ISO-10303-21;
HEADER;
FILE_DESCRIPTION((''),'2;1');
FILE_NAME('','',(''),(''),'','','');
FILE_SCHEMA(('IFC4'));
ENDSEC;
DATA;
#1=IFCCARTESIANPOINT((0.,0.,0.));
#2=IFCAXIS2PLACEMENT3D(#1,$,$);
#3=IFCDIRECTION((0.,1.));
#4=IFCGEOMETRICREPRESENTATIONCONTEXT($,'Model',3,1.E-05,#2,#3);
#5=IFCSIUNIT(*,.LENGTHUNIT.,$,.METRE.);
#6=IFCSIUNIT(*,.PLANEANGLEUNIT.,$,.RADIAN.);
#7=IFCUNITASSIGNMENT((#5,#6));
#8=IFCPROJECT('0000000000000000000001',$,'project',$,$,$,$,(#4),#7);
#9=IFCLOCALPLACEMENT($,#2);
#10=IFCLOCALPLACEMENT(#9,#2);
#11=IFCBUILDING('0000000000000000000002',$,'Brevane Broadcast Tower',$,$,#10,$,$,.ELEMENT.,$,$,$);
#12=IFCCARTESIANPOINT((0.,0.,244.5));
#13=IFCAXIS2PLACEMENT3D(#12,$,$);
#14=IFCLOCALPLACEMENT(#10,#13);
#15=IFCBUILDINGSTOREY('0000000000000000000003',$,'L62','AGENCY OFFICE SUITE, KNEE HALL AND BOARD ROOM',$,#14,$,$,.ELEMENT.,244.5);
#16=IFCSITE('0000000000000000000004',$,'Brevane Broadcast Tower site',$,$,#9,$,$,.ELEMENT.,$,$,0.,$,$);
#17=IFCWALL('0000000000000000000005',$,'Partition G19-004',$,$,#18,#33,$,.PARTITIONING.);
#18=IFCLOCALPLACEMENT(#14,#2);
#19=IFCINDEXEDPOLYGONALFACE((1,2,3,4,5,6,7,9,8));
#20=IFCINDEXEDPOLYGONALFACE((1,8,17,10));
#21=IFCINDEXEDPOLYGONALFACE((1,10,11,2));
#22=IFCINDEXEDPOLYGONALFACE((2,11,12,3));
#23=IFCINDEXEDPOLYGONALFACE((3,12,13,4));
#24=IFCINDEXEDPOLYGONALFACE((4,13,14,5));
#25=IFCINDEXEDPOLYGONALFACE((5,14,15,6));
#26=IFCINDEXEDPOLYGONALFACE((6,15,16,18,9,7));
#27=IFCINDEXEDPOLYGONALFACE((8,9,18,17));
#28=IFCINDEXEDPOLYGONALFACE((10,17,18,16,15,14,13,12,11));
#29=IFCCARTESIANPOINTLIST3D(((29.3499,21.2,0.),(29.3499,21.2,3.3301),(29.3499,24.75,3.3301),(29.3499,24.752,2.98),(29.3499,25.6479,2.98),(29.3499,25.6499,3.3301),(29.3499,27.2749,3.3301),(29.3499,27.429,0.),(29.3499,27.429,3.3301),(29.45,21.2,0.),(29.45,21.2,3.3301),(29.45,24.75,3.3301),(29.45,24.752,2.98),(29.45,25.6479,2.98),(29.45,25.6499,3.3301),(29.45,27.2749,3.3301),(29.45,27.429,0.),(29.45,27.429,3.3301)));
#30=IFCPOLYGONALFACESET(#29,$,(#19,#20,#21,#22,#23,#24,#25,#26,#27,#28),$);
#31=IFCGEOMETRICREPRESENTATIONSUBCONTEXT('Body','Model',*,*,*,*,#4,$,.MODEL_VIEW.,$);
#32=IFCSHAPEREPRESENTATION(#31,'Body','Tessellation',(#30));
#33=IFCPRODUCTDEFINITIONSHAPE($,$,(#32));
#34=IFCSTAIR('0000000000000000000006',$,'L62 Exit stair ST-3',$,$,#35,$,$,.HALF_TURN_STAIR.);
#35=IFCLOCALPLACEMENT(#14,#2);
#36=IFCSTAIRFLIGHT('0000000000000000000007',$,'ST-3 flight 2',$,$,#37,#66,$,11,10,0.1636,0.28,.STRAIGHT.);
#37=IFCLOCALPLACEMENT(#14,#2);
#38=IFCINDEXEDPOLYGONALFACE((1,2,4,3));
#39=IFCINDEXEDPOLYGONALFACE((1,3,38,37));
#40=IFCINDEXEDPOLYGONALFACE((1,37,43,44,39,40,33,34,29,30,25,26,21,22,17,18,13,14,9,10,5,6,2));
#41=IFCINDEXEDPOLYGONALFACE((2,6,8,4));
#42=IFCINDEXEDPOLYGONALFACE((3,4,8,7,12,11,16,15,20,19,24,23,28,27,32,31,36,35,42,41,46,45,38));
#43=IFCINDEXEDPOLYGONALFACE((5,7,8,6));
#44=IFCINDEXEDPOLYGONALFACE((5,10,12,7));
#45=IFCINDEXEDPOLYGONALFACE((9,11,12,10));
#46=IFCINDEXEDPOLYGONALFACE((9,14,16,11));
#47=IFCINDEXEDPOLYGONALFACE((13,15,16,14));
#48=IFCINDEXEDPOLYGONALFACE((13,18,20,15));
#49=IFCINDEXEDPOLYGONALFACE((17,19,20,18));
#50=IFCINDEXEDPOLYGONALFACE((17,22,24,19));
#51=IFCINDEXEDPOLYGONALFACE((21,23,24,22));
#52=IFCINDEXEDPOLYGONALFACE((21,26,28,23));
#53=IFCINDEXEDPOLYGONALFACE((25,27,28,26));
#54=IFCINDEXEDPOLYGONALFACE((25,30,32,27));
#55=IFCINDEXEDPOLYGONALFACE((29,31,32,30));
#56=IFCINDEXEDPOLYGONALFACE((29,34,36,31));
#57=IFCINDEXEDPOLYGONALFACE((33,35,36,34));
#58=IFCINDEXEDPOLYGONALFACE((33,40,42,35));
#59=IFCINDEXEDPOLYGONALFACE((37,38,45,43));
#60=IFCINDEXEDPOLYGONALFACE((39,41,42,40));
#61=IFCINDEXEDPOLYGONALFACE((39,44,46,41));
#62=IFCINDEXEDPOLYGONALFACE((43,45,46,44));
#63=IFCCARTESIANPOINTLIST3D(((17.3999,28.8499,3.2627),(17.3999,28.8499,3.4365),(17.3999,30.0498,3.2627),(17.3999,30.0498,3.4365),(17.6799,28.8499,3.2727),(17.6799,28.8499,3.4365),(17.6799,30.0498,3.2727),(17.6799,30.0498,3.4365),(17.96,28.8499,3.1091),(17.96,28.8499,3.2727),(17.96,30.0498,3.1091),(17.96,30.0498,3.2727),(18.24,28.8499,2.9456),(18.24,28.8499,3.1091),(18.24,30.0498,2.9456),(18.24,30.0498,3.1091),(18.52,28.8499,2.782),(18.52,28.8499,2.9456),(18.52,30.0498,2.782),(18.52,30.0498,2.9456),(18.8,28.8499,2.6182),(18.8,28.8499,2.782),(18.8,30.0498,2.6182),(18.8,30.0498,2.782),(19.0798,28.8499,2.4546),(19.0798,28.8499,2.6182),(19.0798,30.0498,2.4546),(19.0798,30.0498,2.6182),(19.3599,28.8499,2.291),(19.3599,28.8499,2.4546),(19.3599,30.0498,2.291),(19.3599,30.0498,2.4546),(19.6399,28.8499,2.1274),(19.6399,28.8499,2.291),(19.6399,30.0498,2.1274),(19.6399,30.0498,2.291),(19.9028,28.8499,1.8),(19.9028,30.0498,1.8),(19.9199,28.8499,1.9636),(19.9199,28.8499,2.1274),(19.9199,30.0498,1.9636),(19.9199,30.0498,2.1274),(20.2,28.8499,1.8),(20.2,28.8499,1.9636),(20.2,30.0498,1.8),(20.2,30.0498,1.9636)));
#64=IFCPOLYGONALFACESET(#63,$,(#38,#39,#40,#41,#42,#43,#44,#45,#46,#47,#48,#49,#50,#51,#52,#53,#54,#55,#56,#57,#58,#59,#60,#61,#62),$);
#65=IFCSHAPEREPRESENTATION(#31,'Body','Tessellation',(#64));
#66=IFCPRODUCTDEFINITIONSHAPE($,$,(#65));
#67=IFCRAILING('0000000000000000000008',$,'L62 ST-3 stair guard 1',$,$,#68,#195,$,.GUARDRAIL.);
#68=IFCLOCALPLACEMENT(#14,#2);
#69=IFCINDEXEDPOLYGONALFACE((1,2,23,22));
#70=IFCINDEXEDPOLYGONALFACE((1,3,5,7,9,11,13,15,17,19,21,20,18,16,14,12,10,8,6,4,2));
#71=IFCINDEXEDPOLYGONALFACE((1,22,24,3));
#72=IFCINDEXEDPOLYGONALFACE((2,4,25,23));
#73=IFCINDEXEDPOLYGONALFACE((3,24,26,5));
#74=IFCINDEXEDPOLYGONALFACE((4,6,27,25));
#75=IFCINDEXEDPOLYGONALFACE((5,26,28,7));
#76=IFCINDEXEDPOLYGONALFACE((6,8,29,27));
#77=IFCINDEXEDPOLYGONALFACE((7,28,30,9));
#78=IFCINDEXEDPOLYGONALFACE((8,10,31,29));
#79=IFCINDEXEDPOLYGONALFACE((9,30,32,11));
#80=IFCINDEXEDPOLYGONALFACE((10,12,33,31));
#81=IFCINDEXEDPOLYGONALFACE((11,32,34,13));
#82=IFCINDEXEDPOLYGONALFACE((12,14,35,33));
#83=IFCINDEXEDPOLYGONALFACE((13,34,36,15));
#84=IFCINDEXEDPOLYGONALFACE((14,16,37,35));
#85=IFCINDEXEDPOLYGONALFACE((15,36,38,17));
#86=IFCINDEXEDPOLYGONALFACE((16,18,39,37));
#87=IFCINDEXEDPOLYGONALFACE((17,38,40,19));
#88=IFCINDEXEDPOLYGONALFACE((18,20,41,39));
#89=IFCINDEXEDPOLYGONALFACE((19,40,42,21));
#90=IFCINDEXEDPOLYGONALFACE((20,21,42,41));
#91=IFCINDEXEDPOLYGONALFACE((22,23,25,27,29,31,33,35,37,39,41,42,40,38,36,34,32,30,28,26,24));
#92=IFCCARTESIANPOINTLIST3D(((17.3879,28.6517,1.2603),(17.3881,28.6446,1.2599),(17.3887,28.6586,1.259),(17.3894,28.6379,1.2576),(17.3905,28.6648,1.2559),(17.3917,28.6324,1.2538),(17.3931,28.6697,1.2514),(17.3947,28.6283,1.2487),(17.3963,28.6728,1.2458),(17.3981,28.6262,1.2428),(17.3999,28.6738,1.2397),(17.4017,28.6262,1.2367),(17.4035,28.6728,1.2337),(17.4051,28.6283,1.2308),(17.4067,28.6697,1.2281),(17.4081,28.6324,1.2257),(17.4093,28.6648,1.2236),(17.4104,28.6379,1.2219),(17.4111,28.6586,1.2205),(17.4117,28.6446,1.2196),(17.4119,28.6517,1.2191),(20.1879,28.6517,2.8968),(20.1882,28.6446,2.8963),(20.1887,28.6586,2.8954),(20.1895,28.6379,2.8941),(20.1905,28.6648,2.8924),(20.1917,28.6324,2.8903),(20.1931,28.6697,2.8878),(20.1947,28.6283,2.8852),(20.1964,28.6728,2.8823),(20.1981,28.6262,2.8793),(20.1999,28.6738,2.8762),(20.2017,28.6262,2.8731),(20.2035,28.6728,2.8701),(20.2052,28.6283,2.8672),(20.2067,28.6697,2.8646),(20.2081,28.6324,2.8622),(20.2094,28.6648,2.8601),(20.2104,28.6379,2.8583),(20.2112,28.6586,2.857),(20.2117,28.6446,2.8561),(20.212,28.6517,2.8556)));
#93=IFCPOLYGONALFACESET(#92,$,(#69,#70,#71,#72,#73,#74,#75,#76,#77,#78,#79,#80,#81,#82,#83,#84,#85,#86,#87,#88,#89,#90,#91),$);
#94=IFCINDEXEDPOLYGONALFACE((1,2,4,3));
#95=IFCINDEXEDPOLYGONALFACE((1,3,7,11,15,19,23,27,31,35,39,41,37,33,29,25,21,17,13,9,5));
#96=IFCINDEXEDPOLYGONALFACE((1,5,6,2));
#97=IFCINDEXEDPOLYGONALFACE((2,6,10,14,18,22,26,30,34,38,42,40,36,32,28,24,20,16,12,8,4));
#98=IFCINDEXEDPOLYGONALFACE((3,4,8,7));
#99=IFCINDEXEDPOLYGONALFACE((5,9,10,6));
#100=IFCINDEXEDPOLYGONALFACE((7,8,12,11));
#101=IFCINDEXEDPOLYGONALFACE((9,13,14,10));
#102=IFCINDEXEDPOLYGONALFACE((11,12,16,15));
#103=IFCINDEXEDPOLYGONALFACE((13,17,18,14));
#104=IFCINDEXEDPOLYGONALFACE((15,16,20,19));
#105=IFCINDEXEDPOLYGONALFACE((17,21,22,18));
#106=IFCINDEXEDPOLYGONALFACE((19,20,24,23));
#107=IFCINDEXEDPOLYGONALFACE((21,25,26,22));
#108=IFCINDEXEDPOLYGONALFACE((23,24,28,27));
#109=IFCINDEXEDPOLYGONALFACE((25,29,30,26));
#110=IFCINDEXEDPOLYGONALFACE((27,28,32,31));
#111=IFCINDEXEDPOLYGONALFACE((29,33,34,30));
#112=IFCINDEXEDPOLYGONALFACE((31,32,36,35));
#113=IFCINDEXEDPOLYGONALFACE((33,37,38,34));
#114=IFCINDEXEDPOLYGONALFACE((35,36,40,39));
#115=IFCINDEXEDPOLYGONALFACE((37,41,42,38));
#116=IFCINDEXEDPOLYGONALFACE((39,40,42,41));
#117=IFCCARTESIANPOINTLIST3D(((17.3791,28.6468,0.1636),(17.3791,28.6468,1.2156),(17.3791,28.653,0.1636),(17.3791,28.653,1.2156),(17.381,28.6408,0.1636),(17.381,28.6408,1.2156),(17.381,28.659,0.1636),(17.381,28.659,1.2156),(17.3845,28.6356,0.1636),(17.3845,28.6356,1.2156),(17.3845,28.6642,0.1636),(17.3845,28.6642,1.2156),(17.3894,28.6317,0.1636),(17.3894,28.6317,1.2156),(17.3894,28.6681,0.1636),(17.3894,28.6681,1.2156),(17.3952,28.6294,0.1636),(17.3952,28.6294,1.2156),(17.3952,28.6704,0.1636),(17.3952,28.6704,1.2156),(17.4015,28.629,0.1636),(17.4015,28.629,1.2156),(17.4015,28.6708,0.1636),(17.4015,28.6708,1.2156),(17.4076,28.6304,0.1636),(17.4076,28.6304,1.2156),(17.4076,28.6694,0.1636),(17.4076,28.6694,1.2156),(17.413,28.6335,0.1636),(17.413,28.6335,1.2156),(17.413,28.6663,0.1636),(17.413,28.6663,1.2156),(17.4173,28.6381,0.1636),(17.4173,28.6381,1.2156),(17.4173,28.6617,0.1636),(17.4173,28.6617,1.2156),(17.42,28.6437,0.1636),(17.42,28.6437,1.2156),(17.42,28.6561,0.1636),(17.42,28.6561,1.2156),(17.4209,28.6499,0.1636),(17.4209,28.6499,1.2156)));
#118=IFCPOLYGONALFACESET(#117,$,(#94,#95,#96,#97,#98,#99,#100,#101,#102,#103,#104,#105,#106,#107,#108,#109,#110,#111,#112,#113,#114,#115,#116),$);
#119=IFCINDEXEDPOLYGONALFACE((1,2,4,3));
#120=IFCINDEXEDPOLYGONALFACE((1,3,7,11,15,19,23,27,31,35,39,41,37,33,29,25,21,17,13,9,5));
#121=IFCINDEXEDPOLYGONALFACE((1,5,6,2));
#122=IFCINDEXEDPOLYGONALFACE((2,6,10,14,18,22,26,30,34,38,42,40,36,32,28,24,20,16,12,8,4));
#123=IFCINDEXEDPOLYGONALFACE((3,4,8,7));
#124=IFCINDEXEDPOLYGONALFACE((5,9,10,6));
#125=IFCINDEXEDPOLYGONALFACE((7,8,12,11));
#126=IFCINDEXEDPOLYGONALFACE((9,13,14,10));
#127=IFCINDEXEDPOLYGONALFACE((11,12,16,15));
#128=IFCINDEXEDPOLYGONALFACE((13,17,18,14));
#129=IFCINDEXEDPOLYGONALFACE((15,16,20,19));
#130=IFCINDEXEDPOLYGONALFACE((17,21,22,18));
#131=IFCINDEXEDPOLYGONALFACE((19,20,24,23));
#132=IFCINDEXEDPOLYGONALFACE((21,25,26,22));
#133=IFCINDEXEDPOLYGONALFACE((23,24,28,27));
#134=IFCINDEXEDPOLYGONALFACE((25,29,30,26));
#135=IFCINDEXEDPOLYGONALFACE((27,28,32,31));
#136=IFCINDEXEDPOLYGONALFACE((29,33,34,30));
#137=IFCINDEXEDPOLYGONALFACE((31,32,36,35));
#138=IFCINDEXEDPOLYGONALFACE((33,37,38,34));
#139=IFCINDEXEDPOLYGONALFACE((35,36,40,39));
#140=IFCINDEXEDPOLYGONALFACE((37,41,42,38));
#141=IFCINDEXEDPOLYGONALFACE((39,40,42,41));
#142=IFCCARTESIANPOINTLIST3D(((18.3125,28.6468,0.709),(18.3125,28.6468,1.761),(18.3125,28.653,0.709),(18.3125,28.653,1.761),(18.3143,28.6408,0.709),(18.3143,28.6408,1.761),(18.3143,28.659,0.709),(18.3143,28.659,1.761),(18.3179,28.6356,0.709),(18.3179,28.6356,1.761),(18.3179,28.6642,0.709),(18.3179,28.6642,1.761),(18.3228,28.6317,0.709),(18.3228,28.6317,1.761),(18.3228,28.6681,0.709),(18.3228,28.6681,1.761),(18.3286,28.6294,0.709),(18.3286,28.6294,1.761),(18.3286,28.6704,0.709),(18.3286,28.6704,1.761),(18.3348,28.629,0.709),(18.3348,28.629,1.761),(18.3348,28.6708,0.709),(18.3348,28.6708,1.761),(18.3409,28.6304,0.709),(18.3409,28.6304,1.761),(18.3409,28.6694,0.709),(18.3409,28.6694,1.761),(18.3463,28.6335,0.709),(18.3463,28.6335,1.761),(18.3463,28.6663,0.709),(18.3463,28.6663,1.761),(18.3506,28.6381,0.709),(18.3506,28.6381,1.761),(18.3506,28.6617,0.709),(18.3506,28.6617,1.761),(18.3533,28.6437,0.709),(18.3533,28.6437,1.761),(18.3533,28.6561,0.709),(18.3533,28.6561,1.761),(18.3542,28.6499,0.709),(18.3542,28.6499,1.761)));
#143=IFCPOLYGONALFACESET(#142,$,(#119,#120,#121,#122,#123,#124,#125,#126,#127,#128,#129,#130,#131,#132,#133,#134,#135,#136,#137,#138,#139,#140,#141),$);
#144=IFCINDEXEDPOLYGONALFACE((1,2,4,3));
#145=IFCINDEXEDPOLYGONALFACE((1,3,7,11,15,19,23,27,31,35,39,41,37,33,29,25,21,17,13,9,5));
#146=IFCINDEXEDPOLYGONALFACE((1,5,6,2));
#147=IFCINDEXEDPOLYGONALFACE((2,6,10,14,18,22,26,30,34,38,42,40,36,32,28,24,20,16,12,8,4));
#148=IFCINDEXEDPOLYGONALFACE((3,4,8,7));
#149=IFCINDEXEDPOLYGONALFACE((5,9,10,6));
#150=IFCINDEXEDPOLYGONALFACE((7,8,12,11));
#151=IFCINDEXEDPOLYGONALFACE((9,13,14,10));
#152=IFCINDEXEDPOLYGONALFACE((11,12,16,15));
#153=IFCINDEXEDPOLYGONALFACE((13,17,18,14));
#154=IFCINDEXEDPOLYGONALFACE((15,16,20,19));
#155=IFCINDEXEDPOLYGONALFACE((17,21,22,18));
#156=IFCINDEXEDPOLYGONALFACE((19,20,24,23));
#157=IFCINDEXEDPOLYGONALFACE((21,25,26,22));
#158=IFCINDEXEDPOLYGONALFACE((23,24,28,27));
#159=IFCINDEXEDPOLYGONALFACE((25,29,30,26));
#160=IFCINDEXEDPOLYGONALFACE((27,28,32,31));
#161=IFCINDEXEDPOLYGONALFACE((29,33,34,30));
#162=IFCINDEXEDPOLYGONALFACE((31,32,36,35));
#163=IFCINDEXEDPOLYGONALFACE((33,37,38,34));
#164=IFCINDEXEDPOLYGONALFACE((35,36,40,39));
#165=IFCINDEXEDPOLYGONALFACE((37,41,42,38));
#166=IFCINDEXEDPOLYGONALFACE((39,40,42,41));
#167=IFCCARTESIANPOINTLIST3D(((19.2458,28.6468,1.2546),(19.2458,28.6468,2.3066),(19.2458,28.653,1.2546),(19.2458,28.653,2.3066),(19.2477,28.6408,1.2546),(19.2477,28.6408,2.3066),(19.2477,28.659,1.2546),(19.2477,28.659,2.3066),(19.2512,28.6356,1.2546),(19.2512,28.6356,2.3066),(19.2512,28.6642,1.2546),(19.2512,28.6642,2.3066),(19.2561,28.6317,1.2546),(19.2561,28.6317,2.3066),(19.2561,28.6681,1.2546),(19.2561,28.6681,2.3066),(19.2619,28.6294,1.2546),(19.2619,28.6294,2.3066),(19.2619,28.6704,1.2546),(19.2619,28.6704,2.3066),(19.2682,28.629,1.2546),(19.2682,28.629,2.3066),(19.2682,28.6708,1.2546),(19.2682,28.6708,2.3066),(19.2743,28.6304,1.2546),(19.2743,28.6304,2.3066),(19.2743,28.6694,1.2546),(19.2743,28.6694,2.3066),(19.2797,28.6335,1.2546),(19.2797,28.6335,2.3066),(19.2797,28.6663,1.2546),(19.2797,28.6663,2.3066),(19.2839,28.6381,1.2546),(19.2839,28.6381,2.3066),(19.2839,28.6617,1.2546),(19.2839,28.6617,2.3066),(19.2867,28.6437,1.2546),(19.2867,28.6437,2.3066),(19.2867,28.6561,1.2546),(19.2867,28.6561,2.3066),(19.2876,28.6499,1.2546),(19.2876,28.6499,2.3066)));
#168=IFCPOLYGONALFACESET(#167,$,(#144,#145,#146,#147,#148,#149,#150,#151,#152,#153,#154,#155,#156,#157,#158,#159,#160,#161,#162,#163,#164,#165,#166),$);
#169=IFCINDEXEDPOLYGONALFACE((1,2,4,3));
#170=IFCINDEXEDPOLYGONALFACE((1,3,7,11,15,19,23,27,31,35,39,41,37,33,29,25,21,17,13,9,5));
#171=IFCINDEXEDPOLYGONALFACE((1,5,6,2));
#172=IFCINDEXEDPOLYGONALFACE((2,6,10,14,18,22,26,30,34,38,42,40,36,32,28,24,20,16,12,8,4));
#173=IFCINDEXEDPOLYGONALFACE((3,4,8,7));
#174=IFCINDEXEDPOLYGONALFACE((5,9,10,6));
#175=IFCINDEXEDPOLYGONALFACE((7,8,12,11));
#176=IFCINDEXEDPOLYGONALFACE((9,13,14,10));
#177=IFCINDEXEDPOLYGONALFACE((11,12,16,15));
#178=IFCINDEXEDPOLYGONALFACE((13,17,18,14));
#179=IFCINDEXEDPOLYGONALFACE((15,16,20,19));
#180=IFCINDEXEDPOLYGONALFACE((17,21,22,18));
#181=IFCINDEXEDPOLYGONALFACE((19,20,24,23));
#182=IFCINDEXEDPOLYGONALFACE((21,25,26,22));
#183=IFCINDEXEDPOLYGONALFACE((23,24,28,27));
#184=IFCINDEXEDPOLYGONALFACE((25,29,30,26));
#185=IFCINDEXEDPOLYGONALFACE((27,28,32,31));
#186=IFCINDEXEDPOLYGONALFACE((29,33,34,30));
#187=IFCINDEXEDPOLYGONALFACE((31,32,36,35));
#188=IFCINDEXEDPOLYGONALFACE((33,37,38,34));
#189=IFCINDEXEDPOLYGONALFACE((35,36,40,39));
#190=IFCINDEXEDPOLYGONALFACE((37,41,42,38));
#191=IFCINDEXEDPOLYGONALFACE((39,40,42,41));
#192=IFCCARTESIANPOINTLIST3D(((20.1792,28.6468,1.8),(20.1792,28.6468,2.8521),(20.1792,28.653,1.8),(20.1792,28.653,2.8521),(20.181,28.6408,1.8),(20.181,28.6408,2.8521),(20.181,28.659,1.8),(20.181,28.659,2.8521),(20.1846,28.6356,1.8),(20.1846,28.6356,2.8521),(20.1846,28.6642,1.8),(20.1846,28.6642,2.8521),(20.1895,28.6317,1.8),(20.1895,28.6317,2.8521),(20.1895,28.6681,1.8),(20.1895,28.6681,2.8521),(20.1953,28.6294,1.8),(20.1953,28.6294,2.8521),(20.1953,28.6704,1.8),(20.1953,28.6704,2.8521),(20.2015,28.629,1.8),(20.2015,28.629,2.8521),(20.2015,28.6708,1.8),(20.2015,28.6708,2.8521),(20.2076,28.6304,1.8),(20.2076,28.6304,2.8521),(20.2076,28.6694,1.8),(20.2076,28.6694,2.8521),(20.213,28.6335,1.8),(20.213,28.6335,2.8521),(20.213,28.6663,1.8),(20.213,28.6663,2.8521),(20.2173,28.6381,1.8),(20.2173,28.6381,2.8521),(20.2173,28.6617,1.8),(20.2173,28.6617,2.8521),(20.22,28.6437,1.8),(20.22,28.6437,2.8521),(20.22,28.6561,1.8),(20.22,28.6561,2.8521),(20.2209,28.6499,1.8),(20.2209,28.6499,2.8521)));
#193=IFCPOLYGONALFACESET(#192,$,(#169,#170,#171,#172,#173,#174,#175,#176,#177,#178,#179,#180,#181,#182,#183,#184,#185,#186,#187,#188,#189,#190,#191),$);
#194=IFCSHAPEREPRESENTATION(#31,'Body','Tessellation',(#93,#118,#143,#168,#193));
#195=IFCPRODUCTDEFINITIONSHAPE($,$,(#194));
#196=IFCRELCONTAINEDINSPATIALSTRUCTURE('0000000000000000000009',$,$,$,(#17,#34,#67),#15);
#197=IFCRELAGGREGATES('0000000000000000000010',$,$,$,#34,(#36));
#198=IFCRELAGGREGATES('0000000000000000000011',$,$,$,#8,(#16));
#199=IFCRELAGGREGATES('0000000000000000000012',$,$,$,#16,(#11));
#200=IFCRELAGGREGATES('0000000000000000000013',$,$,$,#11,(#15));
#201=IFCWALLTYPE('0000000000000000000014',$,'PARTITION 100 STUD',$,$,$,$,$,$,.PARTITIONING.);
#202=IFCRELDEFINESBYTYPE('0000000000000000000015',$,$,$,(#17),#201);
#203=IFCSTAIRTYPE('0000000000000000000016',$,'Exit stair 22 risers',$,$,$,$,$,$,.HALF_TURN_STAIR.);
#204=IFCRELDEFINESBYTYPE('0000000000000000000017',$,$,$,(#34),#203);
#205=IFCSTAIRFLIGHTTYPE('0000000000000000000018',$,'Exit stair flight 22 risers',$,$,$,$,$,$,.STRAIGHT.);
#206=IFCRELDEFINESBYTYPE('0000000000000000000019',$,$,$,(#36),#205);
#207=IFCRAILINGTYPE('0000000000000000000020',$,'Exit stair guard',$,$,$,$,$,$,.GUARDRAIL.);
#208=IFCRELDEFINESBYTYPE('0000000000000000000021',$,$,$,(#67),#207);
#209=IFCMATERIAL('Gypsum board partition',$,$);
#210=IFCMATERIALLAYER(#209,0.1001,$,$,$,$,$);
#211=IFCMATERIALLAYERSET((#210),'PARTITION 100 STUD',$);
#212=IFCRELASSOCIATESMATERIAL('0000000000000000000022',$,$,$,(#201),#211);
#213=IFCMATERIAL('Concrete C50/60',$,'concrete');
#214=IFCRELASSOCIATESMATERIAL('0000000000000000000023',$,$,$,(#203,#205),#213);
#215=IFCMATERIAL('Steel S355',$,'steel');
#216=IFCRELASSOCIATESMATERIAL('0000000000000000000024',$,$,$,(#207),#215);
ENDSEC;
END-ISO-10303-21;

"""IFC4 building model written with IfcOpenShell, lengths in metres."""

from ifc_helpers import new_model, si_unit, direction, frame, origin, origin_2d, place, context, subcontext, project, spatial, polyline, circle, outline, extrude, material, layer, layer_set, type_object, element, aggregate, save


model = new_model("IFC4")

# Units and contexts
model_context = context("Model", 3, precision=1e-05, world=origin(), true_north=direction((0.0, 1.0)))
body_context = subcontext(model_context, "Body", "Model", "MODEL_VIEW")
ifc_project = project(units=[si_unit("LENGTHUNIT", "METRE"), si_unit("PLANEANGLEUNIT", "RADIAN")], contexts=[model_context])

# Site, building, storey
site_placement = place(None, origin())
site = spatial("IfcSite", under=ifc_project, at=site_placement, Name="Brevane Broadcast Tower site", CompositionType="ELEMENT", RefElevation=0.0)
building_placement = place(site_placement, origin())
building = spatial("IfcBuilding", under=site, at=building_placement, Name="Brevane Broadcast Tower", CompositionType="ELEMENT")
storey_placement = place(building_placement, frame((0.0, 0.0, 244.5)))
storey = spatial("IfcBuildingStorey", under=building, at=storey_placement, Name="L62", Description="AGENCY OFFICE SUITE, KNEE HALL AND BOARD ROOM", CompositionType="ELEMENT", Elevation=244.5)

# Wall
ifc_material_1 = material(Name="Concrete C50/60", Category="concrete")
ifc_material_2 = material(Name="Gypsum board partition")
ifc_layer_1 = layer(ifc_material_2, 0.1001)
ifc_layer_set_1 = layer_set([ifc_layer_1], Name="PARTITION 100 STUD")
wall_type_1 = type_object("IfcWallType", Name="PARTITION 100 STUD", PredefinedType="PARTITIONING", material=ifc_layer_set_1)
wall_1_placement = place(storey_placement, frame((29.3999, 27.429, 0.0), z_axis=(0.0, 0.0, 1.0), x_axis=(0.0, -1.0, 0.0)))
element("IfcWall", 1, at=wall_1_placement, inside=storey, type_object=wall_type_1, Name="Partition G19-004", PredefinedType="PARTITIONING", context=body_context, shape_type="SweptSolid", body=[
    extrude(outline(polyline([(0.0, 0.0), (6.229, 0.0), (6.229, 3.3301), (2.679, 3.3301), (2.677, 2.98), (1.781, 2.98), (1.7791, 3.3301), (0.1541, 3.3301), (0.0, 3.3301), (0.0, 0.0)])), frame((0.0, 0.05, 0.0), z_axis=(0.0, -1.0, 0.0), x_axis=(1.0, 0.0, 0.0)), (0.0, 0.0, 1.0), 0.1001),
])

# Stair, stair flight
stair_type = type_object("IfcStairType", Name="Exit stair 22 risers", PredefinedType="HALF_TURN_STAIR", material=ifc_material_1)
stair_placement = place(storey_placement, origin())
stair = element("IfcStair", 2, at=stair_placement, inside=storey, type_object=stair_type, Name="L62 Exit stair ST-3", PredefinedType="HALF_TURN_STAIR")
stair_flight_type = type_object("IfcStairFlightType", Name="Exit stair flight 22 risers", PredefinedType="STRAIGHT", material=ifc_material_1)
stair_flight_placement = place(storey_placement, frame((20.2, 29.45, 1.8), z_axis=(0.0, 0.0, 1.0), x_axis=(-1.0, 0.0, 0.0)))
stair_flight = element("IfcStairFlight", 3, at=stair_flight_placement, type_object=stair_flight_type, Name="ST-3 flight 2", NumberOfRisers=11, NumberOfTreads=10, PredefinedType="STRAIGHT", RiserHeight=0.1636, TreadLength=0.28, context=body_context, shape_type="SweptSolid", body=[
    extrude(outline(polyline([(0.0, 0.0), (0.0, 0.1636), (0.28, 0.1636), (0.28, 0.3274), (0.5601, 0.3274), (0.5601, 0.491), (0.8401, 0.491), (0.8401, 0.6545), (1.1201, 0.6545), (1.1201, 0.8181), (1.3999, 0.8181), (1.3999, 0.9819), (1.6799, 0.9819), (1.6799, 1.1455), (1.96, 1.1455), (1.96, 1.3091), (2.24, 1.3091), (2.24, 1.4727), (2.52, 1.4727), (2.52, 1.6365), (2.8, 1.6365), (2.8, 1.8), (2.8, 1.4626), (0.2971, 0.0), (0.0, 0.0)])), frame((0.0, 0.6001, 0.0), z_axis=(0.0, -1.0, 0.0), x_axis=(1.0, 0.0, 0.0)), (0.0, 0.0, 1.0), 1.2),
])
aggregate(stair, [stair_flight])

# Railing
ifc_material_3 = material(Name="Steel S355", Category="steel")
railing_type_1 = type_object("IfcRailingType", Name="Exit stair guard", PredefinedType="GUARDRAIL", material=ifc_material_3)
railing_1_placement = place(storey_placement, frame((17.3999, 28.6499, 0.1636)))
element("IfcRailing", 4, at=railing_1_placement, inside=storey, type_object=railing_type_1, Name="L62 ST-3 stair guard 1", PredefinedType="GUARDRAIL", context=body_context, shape_type="SweptSolid", body=[
    extrude(circle(Radius=0.0239, at=origin_2d()), frame((0.0, 0.0, 1.0762), z_axis=(0.863361, 0.0, 0.504587), x_axis=(0.0, 1.0, 0.0)), (0.0, 0.0, 1.0), 3.2432),
    extrude(circle(Radius=0.021, at=origin_2d()), origin(), (0.0, 0.0, 1.0), 1.052),
    extrude(circle(Radius=0.021, at=origin_2d()), frame((0.9333, 0.0, 0.5454)), (0.0, 0.0, 1.0), 1.052),
    extrude(circle(Radius=0.021, at=origin_2d()), frame((1.8667, 0.0, 1.0911)), (0.0, 0.0, 1.0), 1.052),
    extrude(circle(Radius=0.021, at=origin_2d()), frame((2.8, 0.0, 1.6365)), (0.0, 0.0, 1.0), 1.052),
])

save(model, "model.ifc")
